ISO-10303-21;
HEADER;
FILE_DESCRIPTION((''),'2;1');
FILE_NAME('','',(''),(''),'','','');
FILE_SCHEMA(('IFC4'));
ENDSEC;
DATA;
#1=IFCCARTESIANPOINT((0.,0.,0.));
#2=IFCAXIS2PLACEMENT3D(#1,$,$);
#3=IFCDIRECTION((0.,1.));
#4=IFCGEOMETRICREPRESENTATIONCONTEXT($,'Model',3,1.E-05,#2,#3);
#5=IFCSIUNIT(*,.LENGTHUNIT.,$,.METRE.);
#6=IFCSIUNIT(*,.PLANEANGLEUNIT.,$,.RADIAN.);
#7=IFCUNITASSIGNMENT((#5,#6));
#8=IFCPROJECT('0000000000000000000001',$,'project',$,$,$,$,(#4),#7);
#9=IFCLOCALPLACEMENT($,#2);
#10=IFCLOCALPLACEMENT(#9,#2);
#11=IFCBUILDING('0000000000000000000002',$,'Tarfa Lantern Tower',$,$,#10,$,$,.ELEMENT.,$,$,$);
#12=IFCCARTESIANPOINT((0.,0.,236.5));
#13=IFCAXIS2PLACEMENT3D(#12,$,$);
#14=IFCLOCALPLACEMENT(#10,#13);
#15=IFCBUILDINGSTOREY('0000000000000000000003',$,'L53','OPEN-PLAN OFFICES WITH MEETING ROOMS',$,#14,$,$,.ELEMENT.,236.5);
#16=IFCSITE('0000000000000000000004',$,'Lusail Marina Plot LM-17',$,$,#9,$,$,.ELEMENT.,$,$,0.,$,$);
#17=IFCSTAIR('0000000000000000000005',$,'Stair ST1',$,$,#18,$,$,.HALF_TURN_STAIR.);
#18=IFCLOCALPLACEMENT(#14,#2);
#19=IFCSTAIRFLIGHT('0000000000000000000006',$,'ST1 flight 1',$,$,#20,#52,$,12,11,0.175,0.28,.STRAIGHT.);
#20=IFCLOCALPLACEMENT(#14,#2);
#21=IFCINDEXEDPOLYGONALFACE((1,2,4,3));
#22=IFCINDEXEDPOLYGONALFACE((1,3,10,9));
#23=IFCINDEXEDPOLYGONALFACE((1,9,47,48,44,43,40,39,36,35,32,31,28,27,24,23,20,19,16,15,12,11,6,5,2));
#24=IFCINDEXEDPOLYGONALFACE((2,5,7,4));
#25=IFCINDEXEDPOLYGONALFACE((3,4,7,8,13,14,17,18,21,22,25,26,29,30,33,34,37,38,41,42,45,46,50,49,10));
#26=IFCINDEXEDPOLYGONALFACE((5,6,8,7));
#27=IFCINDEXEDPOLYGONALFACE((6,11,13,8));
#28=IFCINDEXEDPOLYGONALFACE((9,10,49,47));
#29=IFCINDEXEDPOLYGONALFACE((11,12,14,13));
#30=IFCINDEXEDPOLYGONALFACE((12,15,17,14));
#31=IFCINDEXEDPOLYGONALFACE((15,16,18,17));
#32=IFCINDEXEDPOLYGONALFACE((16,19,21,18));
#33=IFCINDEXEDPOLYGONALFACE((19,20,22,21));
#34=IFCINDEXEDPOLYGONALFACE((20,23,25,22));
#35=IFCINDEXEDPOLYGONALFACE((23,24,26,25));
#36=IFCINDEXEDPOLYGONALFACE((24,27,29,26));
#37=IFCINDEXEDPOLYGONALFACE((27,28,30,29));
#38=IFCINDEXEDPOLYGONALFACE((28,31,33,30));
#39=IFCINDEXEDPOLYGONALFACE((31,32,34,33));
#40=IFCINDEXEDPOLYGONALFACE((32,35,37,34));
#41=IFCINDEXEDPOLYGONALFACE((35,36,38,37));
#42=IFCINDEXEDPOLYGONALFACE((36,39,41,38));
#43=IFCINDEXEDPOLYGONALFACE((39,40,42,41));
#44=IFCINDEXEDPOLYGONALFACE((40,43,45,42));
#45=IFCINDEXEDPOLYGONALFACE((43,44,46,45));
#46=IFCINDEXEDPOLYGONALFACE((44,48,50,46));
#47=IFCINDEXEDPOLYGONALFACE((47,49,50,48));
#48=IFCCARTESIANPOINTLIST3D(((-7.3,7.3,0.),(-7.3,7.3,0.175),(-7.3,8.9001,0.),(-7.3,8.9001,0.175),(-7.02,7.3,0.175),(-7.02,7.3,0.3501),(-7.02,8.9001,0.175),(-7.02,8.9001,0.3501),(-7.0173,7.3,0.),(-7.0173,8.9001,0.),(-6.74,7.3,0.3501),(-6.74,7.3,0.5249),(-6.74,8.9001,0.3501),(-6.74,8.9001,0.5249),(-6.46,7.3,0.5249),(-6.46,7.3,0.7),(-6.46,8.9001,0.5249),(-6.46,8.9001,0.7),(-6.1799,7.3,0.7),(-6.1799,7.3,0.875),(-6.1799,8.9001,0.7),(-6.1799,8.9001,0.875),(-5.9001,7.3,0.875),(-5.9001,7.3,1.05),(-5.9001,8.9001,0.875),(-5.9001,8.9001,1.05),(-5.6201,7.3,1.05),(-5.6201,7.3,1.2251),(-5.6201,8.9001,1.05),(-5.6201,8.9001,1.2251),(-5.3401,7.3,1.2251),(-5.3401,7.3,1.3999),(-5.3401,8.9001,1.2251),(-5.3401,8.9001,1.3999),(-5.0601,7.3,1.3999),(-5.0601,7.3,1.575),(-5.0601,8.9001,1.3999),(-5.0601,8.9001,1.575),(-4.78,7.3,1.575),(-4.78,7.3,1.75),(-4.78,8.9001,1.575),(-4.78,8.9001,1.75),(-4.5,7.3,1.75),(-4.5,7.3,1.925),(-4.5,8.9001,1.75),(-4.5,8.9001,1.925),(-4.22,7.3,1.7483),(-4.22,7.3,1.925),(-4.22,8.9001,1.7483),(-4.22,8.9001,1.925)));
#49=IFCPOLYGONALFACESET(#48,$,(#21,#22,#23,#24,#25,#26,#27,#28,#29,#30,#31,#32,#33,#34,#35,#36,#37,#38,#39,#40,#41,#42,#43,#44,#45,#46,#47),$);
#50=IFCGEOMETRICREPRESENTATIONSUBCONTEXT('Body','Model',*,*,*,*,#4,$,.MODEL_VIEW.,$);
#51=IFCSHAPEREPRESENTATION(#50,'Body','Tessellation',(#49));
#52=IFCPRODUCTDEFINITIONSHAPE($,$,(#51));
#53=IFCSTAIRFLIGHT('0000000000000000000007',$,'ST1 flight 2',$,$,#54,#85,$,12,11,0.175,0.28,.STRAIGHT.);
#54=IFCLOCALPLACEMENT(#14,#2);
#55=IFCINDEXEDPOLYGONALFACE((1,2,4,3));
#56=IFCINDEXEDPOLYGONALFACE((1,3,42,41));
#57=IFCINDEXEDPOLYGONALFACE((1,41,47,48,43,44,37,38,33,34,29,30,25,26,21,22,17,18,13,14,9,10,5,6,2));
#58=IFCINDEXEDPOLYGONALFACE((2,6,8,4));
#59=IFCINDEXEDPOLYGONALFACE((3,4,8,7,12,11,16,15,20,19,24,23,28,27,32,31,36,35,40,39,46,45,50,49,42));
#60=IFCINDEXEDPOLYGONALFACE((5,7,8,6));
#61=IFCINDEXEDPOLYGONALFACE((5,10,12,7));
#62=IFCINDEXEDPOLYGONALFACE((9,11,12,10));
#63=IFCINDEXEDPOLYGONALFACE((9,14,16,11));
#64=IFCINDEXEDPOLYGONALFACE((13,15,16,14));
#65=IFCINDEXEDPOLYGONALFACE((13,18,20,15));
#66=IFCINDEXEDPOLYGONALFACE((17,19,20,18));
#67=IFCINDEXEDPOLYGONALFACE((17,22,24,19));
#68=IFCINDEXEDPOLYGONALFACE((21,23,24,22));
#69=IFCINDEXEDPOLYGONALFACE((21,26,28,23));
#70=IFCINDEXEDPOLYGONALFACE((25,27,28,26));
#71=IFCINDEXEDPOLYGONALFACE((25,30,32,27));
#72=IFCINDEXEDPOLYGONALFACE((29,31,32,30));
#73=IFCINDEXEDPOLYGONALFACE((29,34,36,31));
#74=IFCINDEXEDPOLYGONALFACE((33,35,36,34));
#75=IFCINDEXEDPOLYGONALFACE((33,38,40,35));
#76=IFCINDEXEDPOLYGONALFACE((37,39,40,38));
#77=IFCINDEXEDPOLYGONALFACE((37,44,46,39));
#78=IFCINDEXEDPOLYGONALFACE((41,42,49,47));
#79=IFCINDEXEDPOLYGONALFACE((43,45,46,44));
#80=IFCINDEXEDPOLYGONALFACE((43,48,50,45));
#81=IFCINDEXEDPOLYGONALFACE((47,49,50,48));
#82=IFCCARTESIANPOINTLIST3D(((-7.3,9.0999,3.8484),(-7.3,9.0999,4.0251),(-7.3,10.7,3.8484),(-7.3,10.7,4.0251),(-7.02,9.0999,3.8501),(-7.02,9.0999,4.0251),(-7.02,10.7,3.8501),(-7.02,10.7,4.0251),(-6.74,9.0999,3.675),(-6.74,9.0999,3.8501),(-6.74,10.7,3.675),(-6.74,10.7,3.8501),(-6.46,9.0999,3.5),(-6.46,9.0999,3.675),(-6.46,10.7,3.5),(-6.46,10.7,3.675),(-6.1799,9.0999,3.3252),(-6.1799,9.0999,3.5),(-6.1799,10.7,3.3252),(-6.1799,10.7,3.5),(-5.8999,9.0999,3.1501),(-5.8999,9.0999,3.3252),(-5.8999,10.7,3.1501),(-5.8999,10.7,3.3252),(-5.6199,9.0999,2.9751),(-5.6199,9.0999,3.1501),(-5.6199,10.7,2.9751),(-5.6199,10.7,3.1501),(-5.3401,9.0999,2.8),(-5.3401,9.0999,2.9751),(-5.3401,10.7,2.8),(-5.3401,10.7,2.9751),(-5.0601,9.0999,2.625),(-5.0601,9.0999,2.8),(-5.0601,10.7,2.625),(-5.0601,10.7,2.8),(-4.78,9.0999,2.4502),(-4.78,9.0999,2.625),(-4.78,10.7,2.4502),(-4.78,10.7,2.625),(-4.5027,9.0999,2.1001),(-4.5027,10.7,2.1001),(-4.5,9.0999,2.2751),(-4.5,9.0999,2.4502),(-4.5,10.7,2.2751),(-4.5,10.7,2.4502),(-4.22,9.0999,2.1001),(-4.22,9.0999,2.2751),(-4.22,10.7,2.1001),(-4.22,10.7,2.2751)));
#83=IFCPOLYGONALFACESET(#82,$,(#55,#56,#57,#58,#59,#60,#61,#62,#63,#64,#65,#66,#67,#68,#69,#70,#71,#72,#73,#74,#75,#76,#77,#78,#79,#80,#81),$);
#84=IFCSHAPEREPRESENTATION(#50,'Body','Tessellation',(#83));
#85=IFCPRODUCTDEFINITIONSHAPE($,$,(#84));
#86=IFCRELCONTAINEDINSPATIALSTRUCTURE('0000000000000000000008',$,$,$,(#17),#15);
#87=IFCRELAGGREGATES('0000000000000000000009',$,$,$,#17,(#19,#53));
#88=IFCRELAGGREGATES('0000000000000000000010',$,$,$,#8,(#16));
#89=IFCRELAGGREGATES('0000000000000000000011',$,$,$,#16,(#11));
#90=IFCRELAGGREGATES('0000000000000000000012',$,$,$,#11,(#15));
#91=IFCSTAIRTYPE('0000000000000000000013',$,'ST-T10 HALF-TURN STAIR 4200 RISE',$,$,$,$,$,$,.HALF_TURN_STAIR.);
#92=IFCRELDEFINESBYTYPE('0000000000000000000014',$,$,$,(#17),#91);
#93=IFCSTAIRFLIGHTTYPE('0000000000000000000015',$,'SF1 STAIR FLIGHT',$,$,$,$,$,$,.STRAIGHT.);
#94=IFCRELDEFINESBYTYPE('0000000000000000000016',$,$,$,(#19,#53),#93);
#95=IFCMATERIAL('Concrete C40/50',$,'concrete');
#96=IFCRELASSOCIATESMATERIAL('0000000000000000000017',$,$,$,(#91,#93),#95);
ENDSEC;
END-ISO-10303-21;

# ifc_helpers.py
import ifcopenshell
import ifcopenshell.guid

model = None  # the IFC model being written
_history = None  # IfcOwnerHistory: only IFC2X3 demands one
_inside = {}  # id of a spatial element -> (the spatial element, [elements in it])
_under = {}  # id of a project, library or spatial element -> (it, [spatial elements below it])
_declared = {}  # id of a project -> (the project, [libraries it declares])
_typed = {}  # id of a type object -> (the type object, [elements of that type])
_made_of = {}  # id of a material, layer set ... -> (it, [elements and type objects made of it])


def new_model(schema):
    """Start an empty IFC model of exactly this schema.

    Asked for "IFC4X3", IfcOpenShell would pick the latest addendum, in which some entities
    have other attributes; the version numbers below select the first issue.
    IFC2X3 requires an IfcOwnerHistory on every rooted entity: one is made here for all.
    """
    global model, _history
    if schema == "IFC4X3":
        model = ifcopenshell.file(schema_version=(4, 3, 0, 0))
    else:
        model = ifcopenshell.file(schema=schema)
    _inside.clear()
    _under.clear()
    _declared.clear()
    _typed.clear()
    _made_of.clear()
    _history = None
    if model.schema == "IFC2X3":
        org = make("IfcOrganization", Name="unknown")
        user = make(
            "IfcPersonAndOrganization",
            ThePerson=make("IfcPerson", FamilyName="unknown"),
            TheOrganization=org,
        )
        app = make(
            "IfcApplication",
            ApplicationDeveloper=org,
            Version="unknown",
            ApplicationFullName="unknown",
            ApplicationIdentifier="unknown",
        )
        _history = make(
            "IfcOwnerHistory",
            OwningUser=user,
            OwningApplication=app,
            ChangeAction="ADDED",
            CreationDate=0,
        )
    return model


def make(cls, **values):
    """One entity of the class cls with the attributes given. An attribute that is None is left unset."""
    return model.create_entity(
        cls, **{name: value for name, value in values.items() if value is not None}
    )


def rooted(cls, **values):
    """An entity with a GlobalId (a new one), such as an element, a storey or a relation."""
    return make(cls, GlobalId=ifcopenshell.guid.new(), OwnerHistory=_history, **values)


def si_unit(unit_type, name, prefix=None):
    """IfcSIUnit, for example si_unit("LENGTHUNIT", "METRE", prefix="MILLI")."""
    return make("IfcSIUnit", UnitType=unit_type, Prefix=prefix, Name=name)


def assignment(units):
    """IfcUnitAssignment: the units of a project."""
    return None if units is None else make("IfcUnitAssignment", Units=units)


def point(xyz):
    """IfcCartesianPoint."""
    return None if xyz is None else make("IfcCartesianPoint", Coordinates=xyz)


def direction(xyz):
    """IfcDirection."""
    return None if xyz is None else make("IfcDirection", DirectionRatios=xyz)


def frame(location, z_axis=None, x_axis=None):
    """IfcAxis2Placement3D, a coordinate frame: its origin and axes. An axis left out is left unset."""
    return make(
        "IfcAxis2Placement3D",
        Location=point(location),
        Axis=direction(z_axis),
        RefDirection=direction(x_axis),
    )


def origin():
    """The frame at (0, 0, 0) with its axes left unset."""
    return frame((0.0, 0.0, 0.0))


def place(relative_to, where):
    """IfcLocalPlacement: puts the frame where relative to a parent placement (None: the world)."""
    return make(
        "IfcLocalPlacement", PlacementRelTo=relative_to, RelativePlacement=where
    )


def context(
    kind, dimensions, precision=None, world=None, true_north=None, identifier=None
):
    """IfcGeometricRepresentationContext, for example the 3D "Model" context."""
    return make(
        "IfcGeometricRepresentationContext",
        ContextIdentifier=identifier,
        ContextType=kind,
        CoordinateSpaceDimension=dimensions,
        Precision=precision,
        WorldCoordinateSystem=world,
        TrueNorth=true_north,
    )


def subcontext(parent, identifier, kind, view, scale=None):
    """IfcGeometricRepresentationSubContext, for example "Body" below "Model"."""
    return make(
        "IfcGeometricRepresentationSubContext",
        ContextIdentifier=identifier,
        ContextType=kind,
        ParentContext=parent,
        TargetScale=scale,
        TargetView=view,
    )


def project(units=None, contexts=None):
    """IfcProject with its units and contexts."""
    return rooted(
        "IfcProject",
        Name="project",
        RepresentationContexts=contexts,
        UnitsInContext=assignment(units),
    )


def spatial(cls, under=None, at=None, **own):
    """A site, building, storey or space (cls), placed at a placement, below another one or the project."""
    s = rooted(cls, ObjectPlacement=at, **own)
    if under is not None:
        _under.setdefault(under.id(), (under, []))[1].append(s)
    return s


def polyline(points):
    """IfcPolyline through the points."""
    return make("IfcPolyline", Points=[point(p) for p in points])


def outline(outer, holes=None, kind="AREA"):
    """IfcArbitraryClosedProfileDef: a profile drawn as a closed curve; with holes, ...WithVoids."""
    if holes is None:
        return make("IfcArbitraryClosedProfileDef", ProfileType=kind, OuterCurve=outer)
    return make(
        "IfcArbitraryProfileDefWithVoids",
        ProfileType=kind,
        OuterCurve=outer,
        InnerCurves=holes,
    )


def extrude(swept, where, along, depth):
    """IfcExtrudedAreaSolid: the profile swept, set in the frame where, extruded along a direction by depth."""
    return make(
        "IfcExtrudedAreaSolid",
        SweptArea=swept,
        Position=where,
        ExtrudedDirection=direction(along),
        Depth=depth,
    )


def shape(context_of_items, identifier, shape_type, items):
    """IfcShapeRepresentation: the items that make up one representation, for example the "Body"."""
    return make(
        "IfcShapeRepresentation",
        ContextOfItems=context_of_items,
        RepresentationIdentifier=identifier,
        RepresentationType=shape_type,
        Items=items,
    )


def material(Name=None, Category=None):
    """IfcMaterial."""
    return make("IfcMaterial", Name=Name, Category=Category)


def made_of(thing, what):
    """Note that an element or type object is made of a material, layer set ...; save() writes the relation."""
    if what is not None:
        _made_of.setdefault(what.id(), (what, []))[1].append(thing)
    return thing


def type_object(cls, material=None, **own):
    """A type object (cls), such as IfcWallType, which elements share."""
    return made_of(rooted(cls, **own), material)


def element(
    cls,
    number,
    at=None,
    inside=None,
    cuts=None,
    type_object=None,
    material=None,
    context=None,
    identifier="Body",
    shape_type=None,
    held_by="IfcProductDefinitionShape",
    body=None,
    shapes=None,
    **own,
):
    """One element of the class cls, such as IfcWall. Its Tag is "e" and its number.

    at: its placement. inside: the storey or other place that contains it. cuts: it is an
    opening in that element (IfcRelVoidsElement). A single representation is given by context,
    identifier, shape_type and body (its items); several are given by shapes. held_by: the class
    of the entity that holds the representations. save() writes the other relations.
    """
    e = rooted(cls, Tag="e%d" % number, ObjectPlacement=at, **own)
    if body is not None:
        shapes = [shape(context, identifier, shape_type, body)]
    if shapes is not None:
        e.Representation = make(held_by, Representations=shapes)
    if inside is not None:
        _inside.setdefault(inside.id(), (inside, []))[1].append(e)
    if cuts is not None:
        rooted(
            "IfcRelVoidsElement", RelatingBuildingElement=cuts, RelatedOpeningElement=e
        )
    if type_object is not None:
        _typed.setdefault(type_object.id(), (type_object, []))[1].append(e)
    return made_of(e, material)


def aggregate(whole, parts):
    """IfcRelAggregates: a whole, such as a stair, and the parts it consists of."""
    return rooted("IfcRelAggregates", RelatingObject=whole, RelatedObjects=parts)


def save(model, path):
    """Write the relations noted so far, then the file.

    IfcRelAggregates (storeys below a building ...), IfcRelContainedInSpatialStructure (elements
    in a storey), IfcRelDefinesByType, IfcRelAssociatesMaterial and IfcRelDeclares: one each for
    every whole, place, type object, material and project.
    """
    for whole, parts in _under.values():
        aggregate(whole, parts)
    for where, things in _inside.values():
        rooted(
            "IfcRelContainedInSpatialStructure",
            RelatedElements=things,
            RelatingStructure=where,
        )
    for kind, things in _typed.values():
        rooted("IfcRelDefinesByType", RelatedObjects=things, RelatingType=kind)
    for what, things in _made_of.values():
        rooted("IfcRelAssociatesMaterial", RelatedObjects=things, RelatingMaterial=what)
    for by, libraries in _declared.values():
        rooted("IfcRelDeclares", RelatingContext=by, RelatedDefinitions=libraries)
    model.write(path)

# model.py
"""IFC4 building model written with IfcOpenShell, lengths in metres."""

from ifc_helpers import new_model, si_unit, direction, frame, origin, place, context, subcontext, project, spatial, polyline, outline, extrude, material, type_object, element, aggregate, save


model = new_model("IFC4")

# Units and contexts
model_context = context("Model", 3, precision=1e-05, world=origin(), true_north=direction((0.0, 1.0)))
body_context = subcontext(model_context, "Body", "Model", "MODEL_VIEW")
ifc_project = project(units=[si_unit("LENGTHUNIT", "METRE"), si_unit("PLANEANGLEUNIT", "RADIAN")], contexts=[model_context])

# Site, building, storey
site_placement = place(None, origin())
site = spatial("IfcSite", under=ifc_project, at=site_placement, Name="Lusail Marina Plot LM-17", CompositionType="ELEMENT", RefElevation=0.0)
building_placement = place(site_placement, origin())
building = spatial("IfcBuilding", under=site, at=building_placement, Name="Tarfa Lantern Tower", CompositionType="ELEMENT")
storey_placement = place(building_placement, frame((0.0, 0.0, 236.5)))
storey = spatial("IfcBuildingStorey", under=building, at=storey_placement, Name="L53", Description="OPEN-PLAN OFFICES WITH MEETING ROOMS", CompositionType="ELEMENT", Elevation=236.5)

# Stair, stair flights
ifc_material_1 = material(Name="Concrete C40/50", Category="concrete")
stair_type = type_object("IfcStairType", Name="ST-T10 HALF-TURN STAIR 4200 RISE", PredefinedType="HALF_TURN_STAIR", material=ifc_material_1)
stair_placement = place(storey_placement, origin())
stair = element("IfcStair", 1, at=stair_placement, inside=storey, type_object=stair_type, Name="Stair ST1", PredefinedType="HALF_TURN_STAIR")
stair_flight_type = type_object("IfcStairFlightType", Name="SF1 STAIR FLIGHT", PredefinedType="STRAIGHT", material=ifc_material_1)
stair_flight_1_placement = place(storey_placement, frame((-7.3, 8.1001, 0.0), z_axis=(0.0, 0.0, 1.0), x_axis=(1.0, 0.0, 0.0)))
stair_flight_1 = element("IfcStairFlight", 2, at=stair_flight_1_placement, type_object=stair_flight_type, Name="ST1 flight 1", NumberOfRisers=12, NumberOfTreads=11, PredefinedType="STRAIGHT", RiserHeight=0.175, TreadLength=0.28, context=body_context, shape_type="SweptSolid", body=[
    extrude(outline(polyline([(0.0, 0.0), (0.0, 0.175), (0.28, 0.175), (0.28, 0.3501), (0.5601, 0.3501), (0.5601, 0.5249), (0.8401, 0.5249), (0.8401, 0.7), (1.1201, 0.7), (1.1201, 0.875), (1.3999, 0.875), (1.3999, 1.05), (1.6799, 1.05), (1.6799, 1.2251), (1.96, 1.2251), (1.96, 1.3999), (2.24, 1.3999), (2.24, 1.575), (2.52, 1.575), (2.52, 1.75), (2.8, 1.75), (2.8, 1.925), (3.0801, 1.925), (3.0801, 2.1001), (3.0801, 1.7483), (0.2827, 0.0), (0.0, 0.0)])), frame((0.0, 0.8, 0.0), z_axis=(0.0, -1.0, 0.0), x_axis=(1.0, 0.0, 0.0)), (0.0, 0.0, 1.0), 1.6001),
])
stair_flight_2_placement = place(storey_placement, frame((-4.22, 9.8999, 2.1001), z_axis=(0.0, 0.0, 1.0), x_axis=(-1.0, 0.0, 0.0)))
stair_flight_2 = element("IfcStairFlight", 3, at=stair_flight_2_placement, type_object=stair_flight_type, Name="ST1 flight 2", NumberOfRisers=12, NumberOfTreads=11, PredefinedType="STRAIGHT", RiserHeight=0.175, TreadLength=0.28, context=body_context, shape_type="SweptSolid", body=[
    extrude(outline(polyline([(0.0, 0.0), (0.0, 0.175), (0.28, 0.175), (0.28, 0.3501), (0.5601, 0.3501), (0.5601, 0.5249), (0.8401, 0.5249), (0.8401, 0.7), (1.1201, 0.7), (1.1201, 0.875), (1.3999, 0.875), (1.3999, 1.05), (1.6799, 1.05), (1.6799, 1.2251), (1.96, 1.2251), (1.96, 1.3999), (2.24, 1.3999), (2.24, 1.575), (2.52, 1.575), (2.52, 1.75), (2.8, 1.75), (2.8, 1.925), (3.0801, 1.925), (3.0801, 2.1001), (3.0801, 1.7483), (0.2827, 0.0), (0.0, 0.0)])), frame((0.0, 0.8, 0.0), z_axis=(0.0, -1.0, 0.0), x_axis=(1.0, 0.0, 0.0)), (0.0, 0.0, 1.0), 1.6001),
])
aggregate(stair, [stair_flight_1, stair_flight_2])

save(model, "model.ifc")
